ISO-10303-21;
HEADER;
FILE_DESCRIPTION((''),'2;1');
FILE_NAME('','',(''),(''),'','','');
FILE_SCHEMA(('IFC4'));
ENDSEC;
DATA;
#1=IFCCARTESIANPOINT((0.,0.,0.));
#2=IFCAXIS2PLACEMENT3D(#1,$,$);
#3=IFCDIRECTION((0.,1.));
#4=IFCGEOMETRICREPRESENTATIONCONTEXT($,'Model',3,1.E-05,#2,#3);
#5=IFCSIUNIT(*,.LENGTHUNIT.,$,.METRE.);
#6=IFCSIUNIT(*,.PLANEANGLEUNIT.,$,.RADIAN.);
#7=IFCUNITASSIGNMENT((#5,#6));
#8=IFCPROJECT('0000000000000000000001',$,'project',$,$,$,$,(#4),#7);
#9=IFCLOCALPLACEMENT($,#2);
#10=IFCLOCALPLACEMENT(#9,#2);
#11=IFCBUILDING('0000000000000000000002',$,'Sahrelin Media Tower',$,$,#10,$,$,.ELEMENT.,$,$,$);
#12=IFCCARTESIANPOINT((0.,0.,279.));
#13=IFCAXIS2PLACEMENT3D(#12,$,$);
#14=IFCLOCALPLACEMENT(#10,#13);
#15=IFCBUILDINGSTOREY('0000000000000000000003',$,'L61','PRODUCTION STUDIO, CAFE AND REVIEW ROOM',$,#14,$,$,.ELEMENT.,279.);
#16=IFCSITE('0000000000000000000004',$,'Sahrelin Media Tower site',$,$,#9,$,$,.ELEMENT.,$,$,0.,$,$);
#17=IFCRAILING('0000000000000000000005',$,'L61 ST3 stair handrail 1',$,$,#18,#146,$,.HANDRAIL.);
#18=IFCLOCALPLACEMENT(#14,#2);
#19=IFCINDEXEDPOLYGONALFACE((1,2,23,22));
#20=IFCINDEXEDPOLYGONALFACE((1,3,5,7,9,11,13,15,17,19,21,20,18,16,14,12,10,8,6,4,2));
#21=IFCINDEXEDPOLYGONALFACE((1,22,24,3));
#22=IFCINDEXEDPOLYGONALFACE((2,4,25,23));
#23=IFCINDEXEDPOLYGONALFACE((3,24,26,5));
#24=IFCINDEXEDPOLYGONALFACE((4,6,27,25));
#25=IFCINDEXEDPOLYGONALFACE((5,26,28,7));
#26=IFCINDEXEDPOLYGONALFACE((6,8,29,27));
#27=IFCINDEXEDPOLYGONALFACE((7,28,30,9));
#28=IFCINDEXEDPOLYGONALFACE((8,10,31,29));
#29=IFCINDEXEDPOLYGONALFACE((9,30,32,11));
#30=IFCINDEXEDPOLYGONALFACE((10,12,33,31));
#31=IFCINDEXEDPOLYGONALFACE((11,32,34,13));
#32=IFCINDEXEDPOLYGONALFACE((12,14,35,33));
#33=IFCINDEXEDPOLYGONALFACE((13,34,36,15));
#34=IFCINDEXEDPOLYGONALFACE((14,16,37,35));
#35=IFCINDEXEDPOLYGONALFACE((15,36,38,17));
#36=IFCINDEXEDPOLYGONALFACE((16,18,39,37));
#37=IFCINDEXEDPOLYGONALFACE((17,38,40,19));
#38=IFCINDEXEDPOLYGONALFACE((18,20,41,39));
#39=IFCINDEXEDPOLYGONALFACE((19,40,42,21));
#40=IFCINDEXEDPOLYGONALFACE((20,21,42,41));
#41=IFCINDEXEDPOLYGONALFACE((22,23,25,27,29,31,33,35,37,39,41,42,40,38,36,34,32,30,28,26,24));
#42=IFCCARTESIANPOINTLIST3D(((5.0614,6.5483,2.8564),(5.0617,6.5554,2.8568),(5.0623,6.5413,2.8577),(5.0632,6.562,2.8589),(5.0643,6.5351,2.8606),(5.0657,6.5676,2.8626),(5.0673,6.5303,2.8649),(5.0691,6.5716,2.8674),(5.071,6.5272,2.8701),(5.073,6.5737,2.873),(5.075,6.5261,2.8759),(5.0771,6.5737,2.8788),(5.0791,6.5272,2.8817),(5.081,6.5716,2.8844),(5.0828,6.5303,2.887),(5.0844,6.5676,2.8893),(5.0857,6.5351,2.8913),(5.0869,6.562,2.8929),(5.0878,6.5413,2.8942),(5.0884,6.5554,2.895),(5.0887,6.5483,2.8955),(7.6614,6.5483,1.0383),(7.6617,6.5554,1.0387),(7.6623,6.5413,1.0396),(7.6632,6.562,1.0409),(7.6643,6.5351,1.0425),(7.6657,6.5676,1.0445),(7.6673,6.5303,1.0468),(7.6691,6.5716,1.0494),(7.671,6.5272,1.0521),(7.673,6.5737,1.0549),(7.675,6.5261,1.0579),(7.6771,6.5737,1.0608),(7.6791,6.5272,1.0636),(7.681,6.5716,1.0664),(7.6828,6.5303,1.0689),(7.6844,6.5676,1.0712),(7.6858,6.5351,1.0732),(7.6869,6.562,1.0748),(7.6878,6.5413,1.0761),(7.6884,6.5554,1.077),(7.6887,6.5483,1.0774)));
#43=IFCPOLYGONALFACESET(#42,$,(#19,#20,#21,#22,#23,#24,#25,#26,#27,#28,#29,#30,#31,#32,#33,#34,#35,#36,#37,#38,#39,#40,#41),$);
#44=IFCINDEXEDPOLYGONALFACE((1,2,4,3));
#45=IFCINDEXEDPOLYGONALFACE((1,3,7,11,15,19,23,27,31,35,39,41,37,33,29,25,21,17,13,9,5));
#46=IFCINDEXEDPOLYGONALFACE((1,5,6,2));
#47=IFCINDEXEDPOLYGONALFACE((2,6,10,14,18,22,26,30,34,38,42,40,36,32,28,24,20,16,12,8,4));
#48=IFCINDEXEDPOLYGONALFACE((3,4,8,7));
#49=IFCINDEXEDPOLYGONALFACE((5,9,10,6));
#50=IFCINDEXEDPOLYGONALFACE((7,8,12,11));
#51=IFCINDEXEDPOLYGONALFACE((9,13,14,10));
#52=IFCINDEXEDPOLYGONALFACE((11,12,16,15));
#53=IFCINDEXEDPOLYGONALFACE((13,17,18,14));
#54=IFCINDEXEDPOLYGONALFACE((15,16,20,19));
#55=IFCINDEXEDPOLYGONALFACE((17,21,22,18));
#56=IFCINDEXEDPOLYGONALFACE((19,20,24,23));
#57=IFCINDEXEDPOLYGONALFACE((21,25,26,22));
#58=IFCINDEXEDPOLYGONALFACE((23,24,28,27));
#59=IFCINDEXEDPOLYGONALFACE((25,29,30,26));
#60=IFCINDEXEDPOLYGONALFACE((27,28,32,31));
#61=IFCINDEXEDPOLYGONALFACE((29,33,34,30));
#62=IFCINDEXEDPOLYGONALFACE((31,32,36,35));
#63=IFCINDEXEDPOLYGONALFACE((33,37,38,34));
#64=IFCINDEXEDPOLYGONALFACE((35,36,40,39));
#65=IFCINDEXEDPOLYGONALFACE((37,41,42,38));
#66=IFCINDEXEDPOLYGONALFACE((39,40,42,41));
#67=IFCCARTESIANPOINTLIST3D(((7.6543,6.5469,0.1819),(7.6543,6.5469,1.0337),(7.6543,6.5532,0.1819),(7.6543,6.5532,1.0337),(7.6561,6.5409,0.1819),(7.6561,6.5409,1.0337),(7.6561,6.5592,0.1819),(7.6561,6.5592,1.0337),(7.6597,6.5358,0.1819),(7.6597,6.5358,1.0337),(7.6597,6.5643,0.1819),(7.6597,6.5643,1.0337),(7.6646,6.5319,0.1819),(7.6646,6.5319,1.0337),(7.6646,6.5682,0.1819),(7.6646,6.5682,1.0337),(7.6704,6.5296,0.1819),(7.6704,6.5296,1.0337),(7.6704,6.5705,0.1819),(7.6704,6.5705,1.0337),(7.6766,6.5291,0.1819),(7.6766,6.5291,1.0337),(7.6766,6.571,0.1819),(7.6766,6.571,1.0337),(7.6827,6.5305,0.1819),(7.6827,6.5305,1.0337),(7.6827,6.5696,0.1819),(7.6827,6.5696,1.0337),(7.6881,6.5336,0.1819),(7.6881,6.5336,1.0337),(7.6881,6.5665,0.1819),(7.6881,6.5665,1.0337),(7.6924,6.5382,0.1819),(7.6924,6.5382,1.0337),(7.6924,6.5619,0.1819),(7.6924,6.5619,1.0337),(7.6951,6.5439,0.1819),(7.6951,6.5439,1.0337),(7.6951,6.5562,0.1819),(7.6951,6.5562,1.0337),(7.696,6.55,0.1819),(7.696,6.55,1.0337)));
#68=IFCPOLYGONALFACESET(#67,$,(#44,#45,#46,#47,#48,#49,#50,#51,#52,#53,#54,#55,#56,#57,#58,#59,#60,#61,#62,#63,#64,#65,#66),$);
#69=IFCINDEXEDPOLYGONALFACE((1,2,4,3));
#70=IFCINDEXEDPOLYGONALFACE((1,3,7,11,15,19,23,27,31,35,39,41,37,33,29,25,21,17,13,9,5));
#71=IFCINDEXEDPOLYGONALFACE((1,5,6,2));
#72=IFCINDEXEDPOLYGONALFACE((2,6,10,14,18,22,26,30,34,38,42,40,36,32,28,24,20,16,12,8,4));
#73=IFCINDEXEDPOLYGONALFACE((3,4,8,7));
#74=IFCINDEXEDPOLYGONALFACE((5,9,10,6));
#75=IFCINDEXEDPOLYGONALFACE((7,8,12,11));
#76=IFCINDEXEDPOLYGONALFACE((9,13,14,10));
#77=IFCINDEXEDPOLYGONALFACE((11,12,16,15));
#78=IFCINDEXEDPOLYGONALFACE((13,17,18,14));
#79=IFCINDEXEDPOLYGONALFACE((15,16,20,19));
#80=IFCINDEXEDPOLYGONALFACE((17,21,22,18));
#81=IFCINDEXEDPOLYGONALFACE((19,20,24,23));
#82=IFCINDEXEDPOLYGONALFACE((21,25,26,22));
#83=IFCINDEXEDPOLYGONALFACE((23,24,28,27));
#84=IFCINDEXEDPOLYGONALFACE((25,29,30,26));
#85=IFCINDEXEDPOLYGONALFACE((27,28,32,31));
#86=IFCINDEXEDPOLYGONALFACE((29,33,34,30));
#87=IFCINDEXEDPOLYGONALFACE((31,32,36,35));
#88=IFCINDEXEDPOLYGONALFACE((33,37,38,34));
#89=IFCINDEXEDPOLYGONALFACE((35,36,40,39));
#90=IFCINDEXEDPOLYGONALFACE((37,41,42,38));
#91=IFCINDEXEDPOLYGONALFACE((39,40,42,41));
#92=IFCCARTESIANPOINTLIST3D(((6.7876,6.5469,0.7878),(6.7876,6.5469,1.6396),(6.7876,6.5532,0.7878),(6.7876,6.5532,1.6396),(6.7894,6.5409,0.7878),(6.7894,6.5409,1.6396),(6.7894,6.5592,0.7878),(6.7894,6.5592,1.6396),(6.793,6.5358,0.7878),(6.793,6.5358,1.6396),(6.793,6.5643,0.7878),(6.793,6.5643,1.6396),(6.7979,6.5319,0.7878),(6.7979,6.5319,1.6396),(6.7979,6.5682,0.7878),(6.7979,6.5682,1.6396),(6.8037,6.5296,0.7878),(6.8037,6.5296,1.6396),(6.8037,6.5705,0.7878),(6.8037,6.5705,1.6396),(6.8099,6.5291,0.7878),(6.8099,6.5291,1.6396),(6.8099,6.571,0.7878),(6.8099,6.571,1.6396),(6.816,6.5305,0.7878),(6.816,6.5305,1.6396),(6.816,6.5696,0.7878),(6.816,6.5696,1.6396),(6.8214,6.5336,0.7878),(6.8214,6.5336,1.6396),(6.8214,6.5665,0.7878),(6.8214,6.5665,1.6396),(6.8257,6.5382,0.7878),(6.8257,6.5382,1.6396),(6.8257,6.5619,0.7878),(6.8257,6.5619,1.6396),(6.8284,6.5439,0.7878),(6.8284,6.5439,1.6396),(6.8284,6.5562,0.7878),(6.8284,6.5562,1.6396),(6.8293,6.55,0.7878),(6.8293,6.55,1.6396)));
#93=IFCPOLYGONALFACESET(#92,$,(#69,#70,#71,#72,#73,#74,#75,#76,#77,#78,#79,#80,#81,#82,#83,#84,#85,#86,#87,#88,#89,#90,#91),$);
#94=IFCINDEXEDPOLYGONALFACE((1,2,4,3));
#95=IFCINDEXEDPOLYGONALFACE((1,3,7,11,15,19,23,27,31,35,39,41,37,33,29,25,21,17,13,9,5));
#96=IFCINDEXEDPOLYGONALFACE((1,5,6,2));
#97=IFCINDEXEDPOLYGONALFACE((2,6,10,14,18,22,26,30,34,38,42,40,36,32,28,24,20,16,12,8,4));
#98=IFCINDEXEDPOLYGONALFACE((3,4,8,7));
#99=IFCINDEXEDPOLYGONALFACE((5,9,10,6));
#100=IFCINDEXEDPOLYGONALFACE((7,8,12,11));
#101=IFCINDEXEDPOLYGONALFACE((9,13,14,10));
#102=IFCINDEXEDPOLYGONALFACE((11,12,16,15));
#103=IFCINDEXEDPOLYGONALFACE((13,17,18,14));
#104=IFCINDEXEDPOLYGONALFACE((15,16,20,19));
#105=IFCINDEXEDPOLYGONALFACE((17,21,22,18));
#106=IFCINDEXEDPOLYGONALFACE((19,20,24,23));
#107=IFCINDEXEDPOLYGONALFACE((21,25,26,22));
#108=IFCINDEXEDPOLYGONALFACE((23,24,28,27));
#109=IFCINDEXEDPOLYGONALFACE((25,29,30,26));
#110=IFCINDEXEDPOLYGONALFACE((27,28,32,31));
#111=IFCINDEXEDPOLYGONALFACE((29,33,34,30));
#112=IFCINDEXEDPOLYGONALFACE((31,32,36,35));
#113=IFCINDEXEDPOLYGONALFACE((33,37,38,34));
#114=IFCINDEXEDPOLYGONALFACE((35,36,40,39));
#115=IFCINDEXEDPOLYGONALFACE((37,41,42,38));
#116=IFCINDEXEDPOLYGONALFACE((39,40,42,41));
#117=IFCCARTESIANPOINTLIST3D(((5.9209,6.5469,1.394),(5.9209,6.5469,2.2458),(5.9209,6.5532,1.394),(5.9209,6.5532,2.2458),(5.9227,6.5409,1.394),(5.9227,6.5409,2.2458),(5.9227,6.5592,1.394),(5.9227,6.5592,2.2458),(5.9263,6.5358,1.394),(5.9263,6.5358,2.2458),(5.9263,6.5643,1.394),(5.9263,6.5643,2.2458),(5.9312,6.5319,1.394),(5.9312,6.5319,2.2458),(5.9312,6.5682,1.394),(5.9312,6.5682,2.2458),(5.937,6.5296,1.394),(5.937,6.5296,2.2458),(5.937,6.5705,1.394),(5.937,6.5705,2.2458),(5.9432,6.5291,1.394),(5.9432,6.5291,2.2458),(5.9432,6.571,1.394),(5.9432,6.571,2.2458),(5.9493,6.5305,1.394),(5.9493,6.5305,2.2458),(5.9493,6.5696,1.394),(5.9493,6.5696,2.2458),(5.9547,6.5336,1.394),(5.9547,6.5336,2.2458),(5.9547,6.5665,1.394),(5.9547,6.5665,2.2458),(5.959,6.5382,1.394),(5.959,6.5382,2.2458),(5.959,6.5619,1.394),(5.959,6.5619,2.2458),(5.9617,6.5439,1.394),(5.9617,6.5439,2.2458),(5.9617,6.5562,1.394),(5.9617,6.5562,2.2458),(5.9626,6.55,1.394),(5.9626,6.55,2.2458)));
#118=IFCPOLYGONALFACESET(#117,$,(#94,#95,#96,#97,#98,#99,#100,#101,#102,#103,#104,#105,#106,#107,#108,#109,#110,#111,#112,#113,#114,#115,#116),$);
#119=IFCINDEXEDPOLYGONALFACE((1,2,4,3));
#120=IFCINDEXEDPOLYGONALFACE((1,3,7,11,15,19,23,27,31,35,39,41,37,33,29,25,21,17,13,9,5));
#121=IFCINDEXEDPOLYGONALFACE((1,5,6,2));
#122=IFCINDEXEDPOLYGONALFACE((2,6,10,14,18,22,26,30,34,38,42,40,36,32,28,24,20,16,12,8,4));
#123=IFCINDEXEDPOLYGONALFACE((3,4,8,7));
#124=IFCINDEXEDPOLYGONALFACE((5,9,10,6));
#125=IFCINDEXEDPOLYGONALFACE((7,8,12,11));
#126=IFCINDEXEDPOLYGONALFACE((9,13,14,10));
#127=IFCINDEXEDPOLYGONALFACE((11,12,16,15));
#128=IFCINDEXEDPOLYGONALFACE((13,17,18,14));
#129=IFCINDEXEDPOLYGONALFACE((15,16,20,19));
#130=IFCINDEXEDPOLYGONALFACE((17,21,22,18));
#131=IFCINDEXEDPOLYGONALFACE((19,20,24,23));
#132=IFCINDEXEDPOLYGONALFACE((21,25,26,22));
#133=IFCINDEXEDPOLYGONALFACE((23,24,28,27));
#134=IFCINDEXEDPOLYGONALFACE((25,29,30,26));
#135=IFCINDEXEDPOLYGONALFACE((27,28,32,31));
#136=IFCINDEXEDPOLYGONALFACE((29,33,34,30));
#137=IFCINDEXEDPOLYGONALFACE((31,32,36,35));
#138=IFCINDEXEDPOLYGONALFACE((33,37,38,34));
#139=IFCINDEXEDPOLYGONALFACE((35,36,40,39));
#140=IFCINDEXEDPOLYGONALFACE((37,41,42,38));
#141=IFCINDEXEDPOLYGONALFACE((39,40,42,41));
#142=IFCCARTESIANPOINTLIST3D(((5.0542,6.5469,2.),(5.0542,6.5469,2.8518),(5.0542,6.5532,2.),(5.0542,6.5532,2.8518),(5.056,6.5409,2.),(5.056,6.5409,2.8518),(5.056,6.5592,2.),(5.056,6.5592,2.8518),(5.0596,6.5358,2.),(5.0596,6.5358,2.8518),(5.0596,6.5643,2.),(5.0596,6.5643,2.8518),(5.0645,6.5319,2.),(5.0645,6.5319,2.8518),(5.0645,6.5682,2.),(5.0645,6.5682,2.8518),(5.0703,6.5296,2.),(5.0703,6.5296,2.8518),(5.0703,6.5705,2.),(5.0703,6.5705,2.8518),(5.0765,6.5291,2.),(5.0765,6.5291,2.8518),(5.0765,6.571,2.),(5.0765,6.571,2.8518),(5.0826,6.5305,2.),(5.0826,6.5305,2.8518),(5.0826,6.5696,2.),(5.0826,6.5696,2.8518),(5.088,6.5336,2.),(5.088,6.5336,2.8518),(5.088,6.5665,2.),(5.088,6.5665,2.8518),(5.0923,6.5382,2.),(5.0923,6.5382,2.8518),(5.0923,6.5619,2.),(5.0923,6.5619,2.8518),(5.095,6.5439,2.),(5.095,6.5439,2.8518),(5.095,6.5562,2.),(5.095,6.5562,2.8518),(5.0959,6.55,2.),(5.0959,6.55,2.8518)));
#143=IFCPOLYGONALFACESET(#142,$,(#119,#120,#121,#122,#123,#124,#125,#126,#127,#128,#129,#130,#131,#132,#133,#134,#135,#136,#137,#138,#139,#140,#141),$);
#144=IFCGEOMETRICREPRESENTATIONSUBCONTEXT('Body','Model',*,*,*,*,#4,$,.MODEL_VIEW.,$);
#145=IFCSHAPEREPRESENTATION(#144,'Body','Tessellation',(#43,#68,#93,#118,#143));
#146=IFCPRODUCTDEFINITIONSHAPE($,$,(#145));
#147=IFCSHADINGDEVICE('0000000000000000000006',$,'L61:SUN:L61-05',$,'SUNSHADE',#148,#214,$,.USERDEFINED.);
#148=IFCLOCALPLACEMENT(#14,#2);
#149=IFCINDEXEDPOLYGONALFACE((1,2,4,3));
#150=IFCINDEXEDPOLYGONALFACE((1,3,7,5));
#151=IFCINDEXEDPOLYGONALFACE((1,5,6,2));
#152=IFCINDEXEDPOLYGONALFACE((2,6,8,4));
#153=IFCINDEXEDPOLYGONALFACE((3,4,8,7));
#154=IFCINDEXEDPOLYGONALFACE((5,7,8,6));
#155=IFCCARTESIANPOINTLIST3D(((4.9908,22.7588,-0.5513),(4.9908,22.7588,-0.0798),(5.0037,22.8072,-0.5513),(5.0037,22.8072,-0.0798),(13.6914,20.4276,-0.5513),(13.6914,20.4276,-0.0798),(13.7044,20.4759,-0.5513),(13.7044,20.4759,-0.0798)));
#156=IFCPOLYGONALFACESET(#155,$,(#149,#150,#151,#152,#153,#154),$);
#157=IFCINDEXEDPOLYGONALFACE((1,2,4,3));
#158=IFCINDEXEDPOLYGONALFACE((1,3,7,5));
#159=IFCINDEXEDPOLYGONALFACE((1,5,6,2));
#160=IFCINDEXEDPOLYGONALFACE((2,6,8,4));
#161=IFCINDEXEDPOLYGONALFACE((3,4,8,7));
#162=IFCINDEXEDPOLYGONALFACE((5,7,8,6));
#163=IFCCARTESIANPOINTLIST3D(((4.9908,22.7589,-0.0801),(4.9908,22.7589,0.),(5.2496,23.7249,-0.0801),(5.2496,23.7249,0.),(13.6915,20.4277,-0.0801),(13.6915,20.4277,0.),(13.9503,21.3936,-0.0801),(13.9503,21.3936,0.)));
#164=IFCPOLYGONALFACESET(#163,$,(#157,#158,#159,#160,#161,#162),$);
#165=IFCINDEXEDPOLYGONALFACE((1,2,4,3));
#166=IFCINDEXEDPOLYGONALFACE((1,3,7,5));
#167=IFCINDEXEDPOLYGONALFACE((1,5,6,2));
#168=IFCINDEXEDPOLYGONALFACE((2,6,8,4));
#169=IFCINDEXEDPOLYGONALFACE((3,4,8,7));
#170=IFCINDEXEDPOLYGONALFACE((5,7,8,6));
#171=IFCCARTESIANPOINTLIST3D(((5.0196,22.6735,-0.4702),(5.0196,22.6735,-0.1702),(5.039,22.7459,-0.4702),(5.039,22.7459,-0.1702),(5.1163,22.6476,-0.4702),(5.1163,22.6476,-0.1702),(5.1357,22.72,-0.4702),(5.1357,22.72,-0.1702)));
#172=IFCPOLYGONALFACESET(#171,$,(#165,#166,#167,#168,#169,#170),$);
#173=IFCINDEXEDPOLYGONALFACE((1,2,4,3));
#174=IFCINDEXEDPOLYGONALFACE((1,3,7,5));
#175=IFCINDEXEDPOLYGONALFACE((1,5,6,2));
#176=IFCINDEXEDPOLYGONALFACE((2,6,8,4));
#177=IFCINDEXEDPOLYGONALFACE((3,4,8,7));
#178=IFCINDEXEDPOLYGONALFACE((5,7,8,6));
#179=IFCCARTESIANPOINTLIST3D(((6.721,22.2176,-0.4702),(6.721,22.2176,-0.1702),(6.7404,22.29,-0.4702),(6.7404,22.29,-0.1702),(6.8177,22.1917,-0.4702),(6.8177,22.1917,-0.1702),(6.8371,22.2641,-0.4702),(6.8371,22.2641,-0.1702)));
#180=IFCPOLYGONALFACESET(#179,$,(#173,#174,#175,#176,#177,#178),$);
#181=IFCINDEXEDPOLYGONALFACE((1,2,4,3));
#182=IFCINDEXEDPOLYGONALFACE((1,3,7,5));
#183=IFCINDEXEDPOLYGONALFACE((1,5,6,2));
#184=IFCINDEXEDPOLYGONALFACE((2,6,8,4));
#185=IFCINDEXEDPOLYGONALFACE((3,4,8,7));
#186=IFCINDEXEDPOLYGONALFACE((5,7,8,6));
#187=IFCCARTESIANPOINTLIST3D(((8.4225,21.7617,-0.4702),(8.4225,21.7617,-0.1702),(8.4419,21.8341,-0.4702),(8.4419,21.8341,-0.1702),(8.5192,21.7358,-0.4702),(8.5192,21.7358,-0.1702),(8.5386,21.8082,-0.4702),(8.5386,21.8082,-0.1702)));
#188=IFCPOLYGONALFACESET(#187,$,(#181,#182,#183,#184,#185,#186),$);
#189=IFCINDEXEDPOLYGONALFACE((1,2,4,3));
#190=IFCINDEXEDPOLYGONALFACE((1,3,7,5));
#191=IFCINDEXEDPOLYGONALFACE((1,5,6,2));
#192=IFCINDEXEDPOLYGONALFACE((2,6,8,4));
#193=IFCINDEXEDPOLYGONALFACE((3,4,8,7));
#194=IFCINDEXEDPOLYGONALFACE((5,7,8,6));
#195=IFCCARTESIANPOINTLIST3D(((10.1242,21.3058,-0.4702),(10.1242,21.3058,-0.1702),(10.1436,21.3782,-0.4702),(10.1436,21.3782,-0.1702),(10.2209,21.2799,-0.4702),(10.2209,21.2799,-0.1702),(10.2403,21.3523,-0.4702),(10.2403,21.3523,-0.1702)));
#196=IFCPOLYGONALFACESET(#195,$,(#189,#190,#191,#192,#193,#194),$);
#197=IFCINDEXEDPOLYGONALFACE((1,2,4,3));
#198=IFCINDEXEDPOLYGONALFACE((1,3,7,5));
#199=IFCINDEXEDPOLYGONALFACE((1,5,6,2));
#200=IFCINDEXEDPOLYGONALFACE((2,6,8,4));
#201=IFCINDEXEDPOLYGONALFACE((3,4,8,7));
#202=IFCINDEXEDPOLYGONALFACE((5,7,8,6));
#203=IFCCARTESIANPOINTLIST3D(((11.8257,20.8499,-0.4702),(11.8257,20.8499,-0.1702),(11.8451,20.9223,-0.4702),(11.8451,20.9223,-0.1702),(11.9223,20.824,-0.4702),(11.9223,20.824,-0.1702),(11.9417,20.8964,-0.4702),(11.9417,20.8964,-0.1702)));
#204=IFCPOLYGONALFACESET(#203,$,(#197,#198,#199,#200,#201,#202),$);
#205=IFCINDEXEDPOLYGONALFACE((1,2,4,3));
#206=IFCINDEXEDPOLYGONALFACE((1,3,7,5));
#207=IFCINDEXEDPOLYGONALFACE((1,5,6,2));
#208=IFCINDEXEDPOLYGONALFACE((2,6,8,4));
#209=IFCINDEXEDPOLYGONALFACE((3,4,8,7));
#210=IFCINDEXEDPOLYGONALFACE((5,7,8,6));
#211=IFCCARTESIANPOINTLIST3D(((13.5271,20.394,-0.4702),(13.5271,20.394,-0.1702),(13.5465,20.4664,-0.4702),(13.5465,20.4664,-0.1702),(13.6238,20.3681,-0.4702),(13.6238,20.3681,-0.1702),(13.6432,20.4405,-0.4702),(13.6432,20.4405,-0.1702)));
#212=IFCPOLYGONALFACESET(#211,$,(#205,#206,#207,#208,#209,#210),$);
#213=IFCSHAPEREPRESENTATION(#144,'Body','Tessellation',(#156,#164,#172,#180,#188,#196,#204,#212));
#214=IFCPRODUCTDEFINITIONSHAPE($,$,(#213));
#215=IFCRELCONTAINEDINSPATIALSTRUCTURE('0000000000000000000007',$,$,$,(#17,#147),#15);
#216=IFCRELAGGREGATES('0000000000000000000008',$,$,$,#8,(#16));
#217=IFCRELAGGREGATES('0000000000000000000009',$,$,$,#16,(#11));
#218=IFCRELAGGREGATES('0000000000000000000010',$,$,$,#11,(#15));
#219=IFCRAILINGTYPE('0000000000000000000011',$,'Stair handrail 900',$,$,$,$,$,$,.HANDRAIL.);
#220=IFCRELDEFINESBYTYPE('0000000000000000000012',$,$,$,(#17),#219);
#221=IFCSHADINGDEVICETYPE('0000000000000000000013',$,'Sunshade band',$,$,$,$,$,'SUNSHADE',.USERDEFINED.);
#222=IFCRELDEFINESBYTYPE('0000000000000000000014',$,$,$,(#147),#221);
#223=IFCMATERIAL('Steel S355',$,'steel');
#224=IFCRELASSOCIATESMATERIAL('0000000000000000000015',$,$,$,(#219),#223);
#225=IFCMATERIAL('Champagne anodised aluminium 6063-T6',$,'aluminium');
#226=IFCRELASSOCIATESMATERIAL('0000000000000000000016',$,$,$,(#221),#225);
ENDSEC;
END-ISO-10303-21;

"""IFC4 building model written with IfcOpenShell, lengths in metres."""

from ifc_helpers import new_model, si_unit, direction, frame, origin, origin_2d, place, context, subcontext, project, spatial, rectangle, circle, extrude, material, type_object, element, save


model = new_model("IFC4")

# Units and contexts
model_context = context("Model", 3, precision=1e-05, world=origin(), true_north=direction((0.0, 1.0)))
body_context = subcontext(model_context, "Body", "Model", "MODEL_VIEW")
ifc_project = project(units=[si_unit("LENGTHUNIT", "METRE"), si_unit("PLANEANGLEUNIT", "RADIAN")], contexts=[model_context])

# Site, building, storey
site_placement = place(None, origin())
site = spatial("IfcSite", under=ifc_project, at=site_placement, Name="Sahrelin Media Tower site", CompositionType="ELEMENT", RefElevation=0.0)
building_placement = place(site_placement, origin())
building = spatial("IfcBuilding", under=site, at=building_placement, Name="Sahrelin Media Tower", CompositionType="ELEMENT")
storey_placement = place(building_placement, frame((0.0, 0.0, 279.0)))
storey = spatial("IfcBuildingStorey", under=building, at=storey_placement, Name="L61", Description="PRODUCTION STUDIO, CAFE AND REVIEW ROOM", CompositionType="ELEMENT", Elevation=279.0)

# Shared definitions
ifc_material_1 = material(Name="Steel S355", Category="steel")

# Shared definitions
ifc_material_2 = material(Name="Champagne anodised aluminium 6063-T6", Category="aluminium")

# Shared definitions
placement = place(storey_placement, frame((9.3359, 21.574, 0.0), z_axis=(0.0, 0.0, 1.0), x_axis=(0.965929, -0.258808, 0.0)))

# Railing
railing_type = type_object("IfcRailingType", Name="Stair handrail 900", PredefinedType="HANDRAIL", material=ifc_material_1)
railing_placement = place(storey_placement, frame((7.675, 6.55, 0.1819)))
element("IfcRailing", 1, at=railing_placement, inside=storey, type_object=railing_type, Name="L61 ST3 stair handrail 1", PredefinedType="HANDRAIL", context=body_context, shape_type="SweptSolid", body=[
    extrude(circle(Radius=0.0239, at=origin_2d()), frame((0.0, 0.0, 0.876), z_axis=(-0.819521, 0.0, 0.573049), x_axis=(0.0, -1.0, 0.0)), (0.0, 0.0, 1.0), 3.1726),
    extrude(circle(Radius=0.021, at=origin_2d()), origin(), (0.0, 0.0, 1.0), 0.8518),
    extrude(circle(Radius=0.021, at=origin_2d()), frame((-0.8667, 0.0, 0.606)), (0.0, 0.0, 1.0), 0.8518),
    extrude(circle(Radius=0.021, at=origin_2d()), frame((-1.7334, 0.0, 1.2122)), (0.0, 0.0, 1.0), 0.8518),
    extrude(circle(Radius=0.021, at=origin_2d()), frame((-2.6001, 0.0, 1.8181)), (0.0, 0.0, 1.0), 0.8518),
])

# Shading device
shading_device_type_1 = type_object("IfcShadingDeviceType", Name="Sunshade band", ElementType="SUNSHADE", PredefinedType="USERDEFINED", material=ifc_material_2)
element("IfcShadingDevice", 2, at=placement, inside=storey, type_object=shading_device_type_1, Name="L61:SUN:L61-05", ObjectType="SUNSHADE", PredefinedType="USERDEFINED", context=body_context, shape_type="SweptSolid", body=[
    extrude(rectangle(XDim=9.0076, YDim=0.05, at=origin_2d()), frame((0.0, 0.0449, -0.5513)), (0.0, 0.0, 1.0), 0.4714),
    extrude(rectangle(XDim=9.0076, YDim=1.0, at=origin_2d()), frame((0.0, 0.52, -0.0801)), (0.0, 0.0, 1.0), 0.0801),
    extrude(rectangle(XDim=0.1001, YDim=0.075, at=origin_2d()), frame((-4.4038, -0.0176, -0.4702)), (0.0, 0.0, 1.0), 0.3),
    extrude(rectangle(XDim=0.1001, YDim=0.075, at=origin_2d()), frame((-2.6423, -0.0176, -0.4702)), (0.0, 0.0, 1.0), 0.3),
    extrude(rectangle(XDim=0.1001, YDim=0.075, at=origin_2d()), frame((-0.8809, -0.0176, -0.4702)), (0.0, 0.0, 1.0), 0.3),
    extrude(rectangle(XDim=0.1001, YDim=0.075, at=origin_2d()), frame((0.8809, -0.0176, -0.4702)), (0.0, 0.0, 1.0), 0.3),
    extrude(rectangle(XDim=0.1001, YDim=0.075, at=origin_2d()), frame((2.6423, -0.0176, -0.4702)), (0.0, 0.0, 1.0), 0.3),
    extrude(rectangle(XDim=0.1001, YDim=0.075, at=origin_2d()), frame((4.4038, -0.0176, -0.4702)), (0.0, 0.0, 1.0), 0.3),
])

save(model, "model.ifc")
